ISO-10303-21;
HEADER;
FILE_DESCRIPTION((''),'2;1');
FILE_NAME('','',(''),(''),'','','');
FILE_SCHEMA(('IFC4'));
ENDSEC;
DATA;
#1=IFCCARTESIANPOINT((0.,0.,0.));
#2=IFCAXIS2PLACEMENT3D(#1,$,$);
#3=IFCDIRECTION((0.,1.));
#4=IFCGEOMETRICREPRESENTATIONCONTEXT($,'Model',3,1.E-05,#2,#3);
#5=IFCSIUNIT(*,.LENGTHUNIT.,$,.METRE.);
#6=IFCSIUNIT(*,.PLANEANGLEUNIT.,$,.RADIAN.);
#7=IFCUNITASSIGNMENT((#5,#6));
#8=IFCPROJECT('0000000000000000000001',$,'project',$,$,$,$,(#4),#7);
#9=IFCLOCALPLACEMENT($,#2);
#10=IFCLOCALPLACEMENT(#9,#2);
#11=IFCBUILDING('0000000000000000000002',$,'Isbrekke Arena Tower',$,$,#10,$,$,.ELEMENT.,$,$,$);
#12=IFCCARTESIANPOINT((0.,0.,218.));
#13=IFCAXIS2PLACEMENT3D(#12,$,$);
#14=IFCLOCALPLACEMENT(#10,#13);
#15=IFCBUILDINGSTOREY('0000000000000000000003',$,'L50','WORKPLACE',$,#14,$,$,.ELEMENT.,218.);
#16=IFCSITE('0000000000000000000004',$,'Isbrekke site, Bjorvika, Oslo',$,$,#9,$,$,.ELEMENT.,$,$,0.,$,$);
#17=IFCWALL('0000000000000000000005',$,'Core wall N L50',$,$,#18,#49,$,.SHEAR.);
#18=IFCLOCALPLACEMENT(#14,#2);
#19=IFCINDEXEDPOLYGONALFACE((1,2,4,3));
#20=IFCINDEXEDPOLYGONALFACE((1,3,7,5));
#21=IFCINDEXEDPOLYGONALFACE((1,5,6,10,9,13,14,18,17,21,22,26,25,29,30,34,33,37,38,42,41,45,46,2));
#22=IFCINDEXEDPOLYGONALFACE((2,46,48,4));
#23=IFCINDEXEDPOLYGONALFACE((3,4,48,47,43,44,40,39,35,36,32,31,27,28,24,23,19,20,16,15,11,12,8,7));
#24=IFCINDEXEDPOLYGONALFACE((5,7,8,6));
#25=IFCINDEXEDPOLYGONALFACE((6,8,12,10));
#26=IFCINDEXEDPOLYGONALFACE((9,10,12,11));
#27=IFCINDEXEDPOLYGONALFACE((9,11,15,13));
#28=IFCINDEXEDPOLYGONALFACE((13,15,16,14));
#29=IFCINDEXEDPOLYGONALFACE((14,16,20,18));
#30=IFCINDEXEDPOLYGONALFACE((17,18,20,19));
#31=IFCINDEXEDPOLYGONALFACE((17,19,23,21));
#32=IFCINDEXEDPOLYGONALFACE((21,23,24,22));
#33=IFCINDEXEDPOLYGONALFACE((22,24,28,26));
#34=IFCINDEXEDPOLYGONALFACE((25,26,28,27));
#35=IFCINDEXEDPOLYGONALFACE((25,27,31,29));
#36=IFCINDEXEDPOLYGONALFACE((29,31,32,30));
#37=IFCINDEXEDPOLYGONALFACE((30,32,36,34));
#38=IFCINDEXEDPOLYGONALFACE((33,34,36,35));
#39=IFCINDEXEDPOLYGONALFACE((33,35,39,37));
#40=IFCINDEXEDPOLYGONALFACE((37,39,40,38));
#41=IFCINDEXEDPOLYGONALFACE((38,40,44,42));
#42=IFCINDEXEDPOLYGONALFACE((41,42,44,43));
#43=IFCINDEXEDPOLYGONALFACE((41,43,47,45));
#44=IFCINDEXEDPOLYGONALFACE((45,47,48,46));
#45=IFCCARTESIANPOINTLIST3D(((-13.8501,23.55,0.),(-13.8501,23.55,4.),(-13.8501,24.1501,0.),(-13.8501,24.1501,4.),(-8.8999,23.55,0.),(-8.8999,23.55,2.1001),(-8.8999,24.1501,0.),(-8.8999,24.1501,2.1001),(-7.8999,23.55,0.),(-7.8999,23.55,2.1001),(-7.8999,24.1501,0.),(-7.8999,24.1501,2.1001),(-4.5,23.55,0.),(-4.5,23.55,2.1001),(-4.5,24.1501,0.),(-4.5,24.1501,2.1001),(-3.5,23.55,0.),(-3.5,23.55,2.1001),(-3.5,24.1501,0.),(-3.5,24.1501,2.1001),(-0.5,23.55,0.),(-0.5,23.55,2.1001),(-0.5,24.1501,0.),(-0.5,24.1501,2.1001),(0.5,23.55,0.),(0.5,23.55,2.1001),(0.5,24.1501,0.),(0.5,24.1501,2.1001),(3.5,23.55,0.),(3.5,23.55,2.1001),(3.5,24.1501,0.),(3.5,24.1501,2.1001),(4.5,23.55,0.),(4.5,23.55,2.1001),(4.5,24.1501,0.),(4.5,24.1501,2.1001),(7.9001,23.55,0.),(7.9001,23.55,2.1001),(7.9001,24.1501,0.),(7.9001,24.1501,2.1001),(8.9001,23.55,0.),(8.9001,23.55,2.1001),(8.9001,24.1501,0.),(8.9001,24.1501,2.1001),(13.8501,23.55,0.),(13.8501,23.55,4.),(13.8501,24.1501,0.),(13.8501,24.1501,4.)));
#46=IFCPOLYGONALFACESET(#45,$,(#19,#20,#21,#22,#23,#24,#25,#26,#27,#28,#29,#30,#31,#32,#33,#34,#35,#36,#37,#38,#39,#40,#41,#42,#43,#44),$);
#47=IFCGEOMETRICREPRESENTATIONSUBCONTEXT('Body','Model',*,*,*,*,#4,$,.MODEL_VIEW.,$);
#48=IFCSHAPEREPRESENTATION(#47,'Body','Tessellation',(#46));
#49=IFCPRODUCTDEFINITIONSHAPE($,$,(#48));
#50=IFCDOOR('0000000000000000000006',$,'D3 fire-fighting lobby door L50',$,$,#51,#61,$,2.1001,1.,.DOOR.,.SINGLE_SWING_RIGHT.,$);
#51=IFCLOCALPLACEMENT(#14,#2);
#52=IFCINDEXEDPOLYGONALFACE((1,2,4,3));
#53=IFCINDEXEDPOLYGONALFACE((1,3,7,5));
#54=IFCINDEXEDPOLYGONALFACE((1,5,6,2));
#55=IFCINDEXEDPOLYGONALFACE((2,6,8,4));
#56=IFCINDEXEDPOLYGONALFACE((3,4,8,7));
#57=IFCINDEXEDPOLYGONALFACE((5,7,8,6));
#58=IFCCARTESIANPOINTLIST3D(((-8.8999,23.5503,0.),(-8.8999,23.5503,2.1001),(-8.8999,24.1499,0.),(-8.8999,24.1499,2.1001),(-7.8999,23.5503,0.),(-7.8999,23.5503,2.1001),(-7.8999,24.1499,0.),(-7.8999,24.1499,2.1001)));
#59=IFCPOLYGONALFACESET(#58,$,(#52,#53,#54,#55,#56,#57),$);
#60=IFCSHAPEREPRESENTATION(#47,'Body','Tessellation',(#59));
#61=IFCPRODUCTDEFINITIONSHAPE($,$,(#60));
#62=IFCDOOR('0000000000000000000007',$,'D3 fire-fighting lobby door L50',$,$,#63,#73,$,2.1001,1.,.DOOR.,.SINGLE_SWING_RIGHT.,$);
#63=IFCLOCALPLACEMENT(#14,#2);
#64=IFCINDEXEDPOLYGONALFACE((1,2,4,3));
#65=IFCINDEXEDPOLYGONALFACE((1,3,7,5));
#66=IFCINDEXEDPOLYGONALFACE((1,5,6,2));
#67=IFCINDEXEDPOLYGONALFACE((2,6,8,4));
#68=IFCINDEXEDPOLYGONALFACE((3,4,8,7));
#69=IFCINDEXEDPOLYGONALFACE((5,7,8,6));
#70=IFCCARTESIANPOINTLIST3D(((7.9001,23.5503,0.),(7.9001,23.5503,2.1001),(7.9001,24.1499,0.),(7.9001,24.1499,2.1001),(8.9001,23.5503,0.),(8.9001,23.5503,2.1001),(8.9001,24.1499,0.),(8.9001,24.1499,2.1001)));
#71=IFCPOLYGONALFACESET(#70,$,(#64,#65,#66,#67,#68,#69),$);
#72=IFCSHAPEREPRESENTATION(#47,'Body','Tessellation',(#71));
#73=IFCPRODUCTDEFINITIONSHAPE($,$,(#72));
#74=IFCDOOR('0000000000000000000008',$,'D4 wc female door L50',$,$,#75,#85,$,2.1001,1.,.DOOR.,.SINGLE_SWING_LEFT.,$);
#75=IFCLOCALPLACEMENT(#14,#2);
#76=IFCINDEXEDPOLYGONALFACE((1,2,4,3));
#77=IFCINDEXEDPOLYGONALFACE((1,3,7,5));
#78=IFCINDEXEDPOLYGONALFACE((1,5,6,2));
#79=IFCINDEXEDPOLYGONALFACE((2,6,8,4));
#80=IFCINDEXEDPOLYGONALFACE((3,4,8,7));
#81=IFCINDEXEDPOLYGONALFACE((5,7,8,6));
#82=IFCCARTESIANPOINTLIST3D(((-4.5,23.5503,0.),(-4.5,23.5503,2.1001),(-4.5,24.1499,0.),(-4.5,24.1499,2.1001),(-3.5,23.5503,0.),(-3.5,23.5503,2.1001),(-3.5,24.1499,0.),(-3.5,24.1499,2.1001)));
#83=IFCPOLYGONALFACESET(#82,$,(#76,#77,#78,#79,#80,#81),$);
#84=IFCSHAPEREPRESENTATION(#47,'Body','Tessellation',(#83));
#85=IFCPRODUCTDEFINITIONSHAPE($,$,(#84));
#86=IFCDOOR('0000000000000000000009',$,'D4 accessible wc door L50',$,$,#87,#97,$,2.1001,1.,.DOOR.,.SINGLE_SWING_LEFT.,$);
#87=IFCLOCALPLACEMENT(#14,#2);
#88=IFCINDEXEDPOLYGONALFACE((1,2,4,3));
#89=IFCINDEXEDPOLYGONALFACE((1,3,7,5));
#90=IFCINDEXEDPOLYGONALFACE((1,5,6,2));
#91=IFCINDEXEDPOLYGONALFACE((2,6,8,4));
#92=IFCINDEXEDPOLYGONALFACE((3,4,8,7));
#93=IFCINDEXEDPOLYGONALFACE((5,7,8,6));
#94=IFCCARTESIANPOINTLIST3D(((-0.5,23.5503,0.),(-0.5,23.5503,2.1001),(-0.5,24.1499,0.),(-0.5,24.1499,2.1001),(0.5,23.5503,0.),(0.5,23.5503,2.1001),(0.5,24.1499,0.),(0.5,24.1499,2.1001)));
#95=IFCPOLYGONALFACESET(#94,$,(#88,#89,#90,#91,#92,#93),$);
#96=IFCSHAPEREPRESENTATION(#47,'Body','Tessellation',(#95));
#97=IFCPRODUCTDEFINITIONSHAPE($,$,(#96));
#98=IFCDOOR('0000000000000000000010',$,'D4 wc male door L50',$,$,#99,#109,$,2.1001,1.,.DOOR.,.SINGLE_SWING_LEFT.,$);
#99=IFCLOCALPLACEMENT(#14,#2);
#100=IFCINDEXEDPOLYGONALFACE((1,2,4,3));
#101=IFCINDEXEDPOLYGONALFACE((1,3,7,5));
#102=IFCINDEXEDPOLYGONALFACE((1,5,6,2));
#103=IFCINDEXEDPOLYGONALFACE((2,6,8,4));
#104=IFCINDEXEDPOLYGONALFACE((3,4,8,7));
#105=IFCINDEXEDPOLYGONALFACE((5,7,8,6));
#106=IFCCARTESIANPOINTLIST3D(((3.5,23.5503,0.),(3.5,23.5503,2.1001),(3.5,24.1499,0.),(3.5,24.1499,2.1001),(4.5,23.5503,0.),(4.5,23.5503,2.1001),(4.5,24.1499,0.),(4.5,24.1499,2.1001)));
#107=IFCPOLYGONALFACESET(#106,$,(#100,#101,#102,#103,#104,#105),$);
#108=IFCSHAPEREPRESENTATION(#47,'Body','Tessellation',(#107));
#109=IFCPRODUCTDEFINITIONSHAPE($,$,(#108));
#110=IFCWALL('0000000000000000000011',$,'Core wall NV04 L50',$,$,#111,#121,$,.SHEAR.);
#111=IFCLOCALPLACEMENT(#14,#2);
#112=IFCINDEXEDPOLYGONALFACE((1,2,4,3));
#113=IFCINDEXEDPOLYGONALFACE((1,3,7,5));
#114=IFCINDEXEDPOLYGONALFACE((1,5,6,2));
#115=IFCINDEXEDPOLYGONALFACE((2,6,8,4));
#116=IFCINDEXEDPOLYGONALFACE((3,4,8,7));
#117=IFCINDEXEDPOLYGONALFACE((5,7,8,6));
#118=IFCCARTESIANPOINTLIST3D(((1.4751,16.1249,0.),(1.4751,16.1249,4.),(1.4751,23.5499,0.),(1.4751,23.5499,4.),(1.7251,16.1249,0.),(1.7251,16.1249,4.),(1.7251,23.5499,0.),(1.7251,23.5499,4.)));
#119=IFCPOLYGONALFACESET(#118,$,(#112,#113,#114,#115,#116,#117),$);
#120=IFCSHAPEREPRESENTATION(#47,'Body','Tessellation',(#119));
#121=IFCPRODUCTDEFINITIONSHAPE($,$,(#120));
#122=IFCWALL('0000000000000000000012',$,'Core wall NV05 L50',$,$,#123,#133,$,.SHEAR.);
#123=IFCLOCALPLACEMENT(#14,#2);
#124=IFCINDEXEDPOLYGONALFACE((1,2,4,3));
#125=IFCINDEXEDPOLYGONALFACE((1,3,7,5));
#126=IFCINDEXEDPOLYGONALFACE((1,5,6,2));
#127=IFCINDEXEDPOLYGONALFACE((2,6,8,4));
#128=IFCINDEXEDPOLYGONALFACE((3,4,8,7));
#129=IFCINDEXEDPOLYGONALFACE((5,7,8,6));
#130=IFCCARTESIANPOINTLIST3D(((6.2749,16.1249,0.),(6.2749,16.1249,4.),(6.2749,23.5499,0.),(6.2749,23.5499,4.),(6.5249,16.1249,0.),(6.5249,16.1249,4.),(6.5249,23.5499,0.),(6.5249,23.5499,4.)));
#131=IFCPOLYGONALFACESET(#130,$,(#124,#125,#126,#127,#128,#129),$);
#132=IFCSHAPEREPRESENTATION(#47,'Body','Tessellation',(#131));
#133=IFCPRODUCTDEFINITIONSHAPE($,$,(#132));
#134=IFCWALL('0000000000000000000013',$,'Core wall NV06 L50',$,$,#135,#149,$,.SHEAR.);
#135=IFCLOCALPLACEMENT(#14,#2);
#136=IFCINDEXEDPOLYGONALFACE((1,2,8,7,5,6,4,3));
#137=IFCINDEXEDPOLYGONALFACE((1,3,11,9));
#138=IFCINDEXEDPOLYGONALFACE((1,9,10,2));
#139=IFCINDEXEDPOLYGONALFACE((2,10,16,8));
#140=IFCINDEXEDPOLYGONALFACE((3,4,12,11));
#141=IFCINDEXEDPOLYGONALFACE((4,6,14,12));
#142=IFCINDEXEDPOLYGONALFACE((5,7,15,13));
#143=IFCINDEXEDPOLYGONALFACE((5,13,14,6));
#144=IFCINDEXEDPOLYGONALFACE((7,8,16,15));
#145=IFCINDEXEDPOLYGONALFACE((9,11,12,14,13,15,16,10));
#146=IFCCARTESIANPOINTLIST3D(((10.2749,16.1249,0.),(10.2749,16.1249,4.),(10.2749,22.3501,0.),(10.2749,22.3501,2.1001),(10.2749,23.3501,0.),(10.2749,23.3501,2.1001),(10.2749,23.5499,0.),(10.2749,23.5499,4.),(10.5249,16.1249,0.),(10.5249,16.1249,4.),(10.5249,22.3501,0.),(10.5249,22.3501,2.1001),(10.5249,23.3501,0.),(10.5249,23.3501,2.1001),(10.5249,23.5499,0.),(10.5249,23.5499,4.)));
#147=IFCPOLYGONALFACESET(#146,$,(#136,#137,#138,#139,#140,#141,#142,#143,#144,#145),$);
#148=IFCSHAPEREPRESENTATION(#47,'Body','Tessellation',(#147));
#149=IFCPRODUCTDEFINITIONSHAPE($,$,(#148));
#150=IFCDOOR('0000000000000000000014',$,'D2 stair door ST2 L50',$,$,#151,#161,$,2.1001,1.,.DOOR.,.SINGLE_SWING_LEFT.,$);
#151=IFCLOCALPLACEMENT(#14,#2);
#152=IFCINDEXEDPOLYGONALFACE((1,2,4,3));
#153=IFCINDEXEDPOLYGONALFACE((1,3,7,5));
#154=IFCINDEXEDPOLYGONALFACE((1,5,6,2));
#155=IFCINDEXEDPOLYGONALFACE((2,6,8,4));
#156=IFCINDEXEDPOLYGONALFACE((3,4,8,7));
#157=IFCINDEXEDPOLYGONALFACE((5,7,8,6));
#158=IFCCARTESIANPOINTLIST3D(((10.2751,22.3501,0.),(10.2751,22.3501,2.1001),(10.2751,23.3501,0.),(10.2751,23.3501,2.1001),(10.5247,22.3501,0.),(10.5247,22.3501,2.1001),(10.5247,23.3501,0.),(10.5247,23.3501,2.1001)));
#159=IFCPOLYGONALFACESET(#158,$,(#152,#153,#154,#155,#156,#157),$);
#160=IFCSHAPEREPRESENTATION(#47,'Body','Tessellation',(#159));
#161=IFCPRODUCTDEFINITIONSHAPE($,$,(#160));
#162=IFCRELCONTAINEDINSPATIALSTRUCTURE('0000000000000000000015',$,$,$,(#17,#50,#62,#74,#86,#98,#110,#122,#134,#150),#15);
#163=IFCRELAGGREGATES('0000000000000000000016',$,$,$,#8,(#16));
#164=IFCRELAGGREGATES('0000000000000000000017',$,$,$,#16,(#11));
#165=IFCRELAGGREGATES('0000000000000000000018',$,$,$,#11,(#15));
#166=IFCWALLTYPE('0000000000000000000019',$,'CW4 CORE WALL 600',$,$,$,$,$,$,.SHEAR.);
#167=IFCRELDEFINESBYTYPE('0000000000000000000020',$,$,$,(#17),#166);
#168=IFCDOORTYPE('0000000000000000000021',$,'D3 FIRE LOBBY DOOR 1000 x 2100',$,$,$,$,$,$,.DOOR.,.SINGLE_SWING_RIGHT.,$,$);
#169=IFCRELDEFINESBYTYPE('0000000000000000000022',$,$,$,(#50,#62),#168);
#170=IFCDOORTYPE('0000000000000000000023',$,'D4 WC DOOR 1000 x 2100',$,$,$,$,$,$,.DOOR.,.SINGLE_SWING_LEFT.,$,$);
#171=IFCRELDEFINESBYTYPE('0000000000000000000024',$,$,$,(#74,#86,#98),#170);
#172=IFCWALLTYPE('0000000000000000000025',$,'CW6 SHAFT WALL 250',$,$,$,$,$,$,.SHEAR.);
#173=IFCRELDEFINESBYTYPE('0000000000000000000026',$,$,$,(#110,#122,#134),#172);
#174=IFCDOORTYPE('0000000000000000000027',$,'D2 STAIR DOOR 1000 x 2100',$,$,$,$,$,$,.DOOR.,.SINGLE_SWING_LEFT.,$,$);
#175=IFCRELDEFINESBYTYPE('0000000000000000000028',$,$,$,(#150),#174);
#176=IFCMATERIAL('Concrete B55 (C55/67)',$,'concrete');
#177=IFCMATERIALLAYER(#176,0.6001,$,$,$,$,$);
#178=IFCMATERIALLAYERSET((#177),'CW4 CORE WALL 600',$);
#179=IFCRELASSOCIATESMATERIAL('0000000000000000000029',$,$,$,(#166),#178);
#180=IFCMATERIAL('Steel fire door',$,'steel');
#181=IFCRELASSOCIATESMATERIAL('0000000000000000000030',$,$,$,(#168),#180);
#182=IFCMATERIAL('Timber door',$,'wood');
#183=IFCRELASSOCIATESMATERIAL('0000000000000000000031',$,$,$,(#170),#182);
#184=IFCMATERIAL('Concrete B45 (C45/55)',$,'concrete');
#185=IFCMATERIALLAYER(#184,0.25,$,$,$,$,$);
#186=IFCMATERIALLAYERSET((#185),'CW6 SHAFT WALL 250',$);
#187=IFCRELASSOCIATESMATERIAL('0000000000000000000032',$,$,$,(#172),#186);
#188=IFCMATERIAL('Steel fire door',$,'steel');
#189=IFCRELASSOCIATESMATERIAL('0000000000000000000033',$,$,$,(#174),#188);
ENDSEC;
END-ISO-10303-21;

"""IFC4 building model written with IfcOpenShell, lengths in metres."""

from ifc_helpers import new_model, si_unit, direction, frame, frame_2d, origin, place, context, subcontext, project, spatial, rectangle, extrude, material, layer, layer_set, type_object, element, fill, save


model = new_model("IFC4")

# Units and contexts
model_context = context("Model", 3, precision=1e-05, world=origin(), true_north=direction((0.0, 1.0)))
body_context = subcontext(model_context, "Body", "Model", "MODEL_VIEW")
ifc_project = project(units=[si_unit("LENGTHUNIT", "METRE"), si_unit("PLANEANGLEUNIT", "RADIAN")], contexts=[model_context])

# Site, building, storey
site_placement = place(None, origin())
site = spatial("IfcSite", under=ifc_project, at=site_placement, Name="Isbrekke site, Bjorvika, Oslo", CompositionType="ELEMENT", RefElevation=0.0)
building_placement = place(site_placement, origin())
building = spatial("IfcBuilding", under=site, at=building_placement, Name="Isbrekke Arena Tower", CompositionType="ELEMENT")
storey_placement = place(building_placement, frame((0.0, 0.0, 218.0)))
storey = spatial("IfcBuildingStorey", under=building, at=storey_placement, Name="L50", Description="WORKPLACE", CompositionType="ELEMENT", Elevation=218.0)

# Wall, openings, doors
ifc_material_1 = material(Name="Concrete B55 (C55/67)", Category="concrete")
ifc_layer_1 = layer(ifc_material_1, 0.6001)
ifc_layer_set_1 = layer_set([ifc_layer_1], Name="CW4 CORE WALL 600")
wall_type_1 = type_object("IfcWallType", Name="CW4 CORE WALL 600", PredefinedType="SHEAR", material=ifc_layer_set_1)
wall_1_placement = place(storey_placement, frame((13.8501, 23.8501, 0.0), z_axis=(0.0, 0.0, 1.0), x_axis=(-1.0, 0.0, 0.0)))
wall_1 = element("IfcWall", 1, at=wall_1_placement, inside=storey, type_object=wall_type_1, Name="Core wall N L50", PredefinedType="SHEAR", context=body_context, shape_type="SweptSolid", body=[
    extrude(rectangle(XDim=27.7002, YDim=0.6001, at=frame_2d((13.8501, 0.0))), origin(), (0.0, 0.0, 1.0), 4.0),
])
opening_1_placement = place(wall_1_placement, frame((21.75, 0.0, 0.0)))
opening_1 = element("IfcOpeningElement", 2, at=opening_1_placement, cuts=wall_1, PredefinedType="OPENING", context=body_context, shape_type="SweptSolid", body=[
    extrude(rectangle(XDim=1.0, YDim=2.1001, at=frame_2d((0.5, 1.05))), frame((0.0, 0.3149, 0.0), z_axis=(0.0, -1.0, 0.0), x_axis=(1.0, 0.0, 0.0)), (0.0, 0.0, 1.0), 0.6299),
])
opening_2_placement = place(wall_1_placement, frame((4.95, 0.0, 0.0)))
opening_2 = element("IfcOpeningElement", 3, at=opening_2_placement, cuts=wall_1, PredefinedType="OPENING", context=body_context, shape_type="SweptSolid", body=[
    extrude(rectangle(XDim=1.0, YDim=2.1001, at=frame_2d((0.5, 1.05))), frame((0.0, 0.3149, 0.0), z_axis=(0.0, -1.0, 0.0), x_axis=(1.0, 0.0, 0.0)), (0.0, 0.0, 1.0), 0.6299),
])
opening_3_placement = place(wall_1_placement, frame((17.3501, 0.0, 0.0)))
opening_3 = element("IfcOpeningElement", 4, at=opening_3_placement, cuts=wall_1, PredefinedType="OPENING", context=body_context, shape_type="SweptSolid", body=[
    extrude(rectangle(XDim=1.0, YDim=2.1001, at=frame_2d((0.5, 1.05))), frame((0.0, 0.3149, 0.0), z_axis=(0.0, -1.0, 0.0), x_axis=(1.0, 0.0, 0.0)), (0.0, 0.0, 1.0), 0.6299),
])
opening_4_placement = place(wall_1_placement, frame((13.3501, 0.0, 0.0)))
opening_4 = element("IfcOpeningElement", 5, at=opening_4_placement, cuts=wall_1, PredefinedType="OPENING", context=body_context, shape_type="SweptSolid", body=[
    extrude(rectangle(XDim=1.0, YDim=2.1001, at=frame_2d((0.5, 1.05))), frame((0.0, 0.3149, 0.0), z_axis=(0.0, -1.0, 0.0), x_axis=(1.0, 0.0, 0.0)), (0.0, 0.0, 1.0), 0.6299),
])
opening_5_placement = place(wall_1_placement, frame((9.3501, 0.0, 0.0)))
opening_5 = element("IfcOpeningElement", 6, at=opening_5_placement, cuts=wall_1, PredefinedType="OPENING", context=body_context, shape_type="SweptSolid", body=[
    extrude(rectangle(XDim=1.0, YDim=2.1001, at=frame_2d((0.5, 1.05))), frame((0.0, 0.3149, 0.0), z_axis=(0.0, -1.0, 0.0), x_axis=(1.0, 0.0, 0.0)), (0.0, 0.0, 1.0), 0.6299),
])
ifc_material_2 = material(Name="Steel fire door", Category="steel")
door_type_1 = type_object("IfcDoorType", Name="D3 FIRE LOBBY DOOR 1000 x 2100", OperationType="SINGLE_SWING_RIGHT", PredefinedType="DOOR", material=ifc_material_2)
door_1_placement = place(opening_1_placement, origin())
door_1 = element("IfcDoor", 7, at=door_1_placement, inside=storey, type_object=door_type_1, Name="D3 fire-fighting lobby door L50", OperationType="SINGLE_SWING_RIGHT", OverallHeight=2.1001, OverallWidth=1.0, PredefinedType="DOOR", context=body_context, shape_type="SweptSolid", body=[
    extrude(rectangle(XDim=1.0, YDim=2.1001, at=frame_2d((0.5, 1.05))), frame((0.0, 0.2998, 0.0), z_axis=(0.0, -1.0, 0.0), x_axis=(1.0, 0.0, 0.0)), (0.0, 0.0, 1.0), 0.5996),
])
fill(opening_1, door_1)
door_2_placement = place(opening_2_placement, origin())
door_2 = element("IfcDoor", 8, at=door_2_placement, inside=storey, type_object=door_type_1, Name="D3 fire-fighting lobby door L50", OperationType="SINGLE_SWING_RIGHT", OverallHeight=2.1001, OverallWidth=1.0, PredefinedType="DOOR", context=body_context, shape_type="SweptSolid", body=[
    extrude(rectangle(XDim=1.0, YDim=2.1001, at=frame_2d((0.5, 1.05))), frame((0.0, 0.2998, 0.0), z_axis=(0.0, -1.0, 0.0), x_axis=(1.0, 0.0, 0.0)), (0.0, 0.0, 1.0), 0.5996),
])
fill(opening_2, door_2)
ifc_material_3 = material(Name="Timber door", Category="wood")
door_type_2 = type_object("IfcDoorType", Name="D4 WC DOOR 1000 x 2100", OperationType="SINGLE_SWING_LEFT", PredefinedType="DOOR", material=ifc_material_3)
door_3_placement = place(opening_3_placement, origin())
door_3 = element("IfcDoor", 9, at=door_3_placement, inside=storey, type_object=door_type_2, Name="D4 wc female door L50", OperationType="SINGLE_SWING_LEFT", OverallHeight=2.1001, OverallWidth=1.0, PredefinedType="DOOR", context=body_context, shape_type="SweptSolid", body=[
    extrude(rectangle(XDim=1.0, YDim=2.1001, at=frame_2d((0.5, 1.05))), frame((0.0, 0.2998, 0.0), z_axis=(0.0, -1.0, 0.0), x_axis=(1.0, 0.0, 0.0)), (0.0, 0.0, 1.0), 0.5996),
])
fill(opening_3, door_3)
door_4_placement = place(opening_4_placement, origin())
door_4 = element("IfcDoor", 10, at=door_4_placement, inside=storey, type_object=door_type_2, Name="D4 accessible wc door L50", OperationType="SINGLE_SWING_LEFT", OverallHeight=2.1001, OverallWidth=1.0, PredefinedType="DOOR", context=body_context, shape_type="SweptSolid", body=[
    extrude(rectangle(XDim=1.0, YDim=2.1001, at=frame_2d((0.5, 1.05))), frame((0.0, 0.2998, 0.0), z_axis=(0.0, -1.0, 0.0), x_axis=(1.0, 0.0, 0.0)), (0.0, 0.0, 1.0), 0.5996),
])
fill(opening_4, door_4)
door_5_placement = place(opening_5_placement, origin())
door_5 = element("IfcDoor", 11, at=door_5_placement, inside=storey, type_object=door_type_2, Name="D4 wc male door L50", OperationType="SINGLE_SWING_LEFT", OverallHeight=2.1001, OverallWidth=1.0, PredefinedType="DOOR", context=body_context, shape_type="SweptSolid", body=[
    extrude(rectangle(XDim=1.0, YDim=2.1001, at=frame_2d((0.5, 1.05))), frame((0.0, 0.2998, 0.0), z_axis=(0.0, -1.0, 0.0), x_axis=(1.0, 0.0, 0.0)), (0.0, 0.0, 1.0), 0.5996),
])
fill(opening_5, door_5)

# Walls
ifc_material_4 = material(Name="Concrete B45 (C45/55)", Category="concrete")
ifc_layer_2 = layer(ifc_material_4, 0.25)
ifc_layer_set_2 = layer_set([ifc_layer_2], Name="CW6 SHAFT WALL 250")
wall_type_2 = type_object("IfcWallType", Name="CW6 SHAFT WALL 250", PredefinedType="SHEAR", material=ifc_layer_set_2)
for number, where, z_axis, x_axis, name in (
    (12, (1.6001, 16.125, 0.0), (0.0, 0.0, 1.0), (0.0, 1.0, 0.0), "Core wall NV04 L50"),
    (13, (6.3999, 16.125, 0.0), (0.0, 0.0, 1.0), (0.0, 1.0, 0.0), "Core wall NV05 L50"),
):
    element("IfcWall", number, at=place(storey_placement, frame(where, z_axis=z_axis, x_axis=x_axis)), inside=storey, type_object=wall_type_2, Name=name, PredefinedType="SHEAR", context=body_context, shape_type="SweptSolid", body=[
        extrude(rectangle(XDim=7.425, YDim=0.25, at=frame_2d((3.7124, 0.0))), origin(), (0.0, 0.0, 1.0), 4.0),
    ])

# Wall, opening, door
wall_2_placement = place(storey_placement, frame((10.3999, 16.125, 0.0), z_axis=(0.0, 0.0, 1.0), x_axis=(0.0, 1.0, 0.0)))
wall_2 = element("IfcWall", 14, at=wall_2_placement, inside=storey, type_object=wall_type_2, Name="Core wall NV06 L50", PredefinedType="SHEAR", context=body_context, shape_type="SweptSolid", body=[
    extrude(rectangle(XDim=7.425, YDim=0.25, at=frame_2d((3.7124, 0.0))), origin(), (0.0, 0.0, 1.0), 4.0),
])
opening_6_placement = place(wall_2_placement, frame((6.2251, 0.0, 0.0)))
opening_6 = element("IfcOpeningElement", 15, at=opening_6_placement, cuts=wall_2, PredefinedType="OPENING", context=body_context, shape_type="SweptSolid", body=[
    extrude(rectangle(XDim=1.0, YDim=2.1001, at=frame_2d((0.5, 1.05))), frame((0.0, 0.1399, 0.0), z_axis=(0.0, -1.0, 0.0), x_axis=(1.0, 0.0, 0.0)), (0.0, 0.0, 1.0), 0.2798),
])
ifc_material_5 = material(Name="Steel fire door", Category="steel")
door_type_3 = type_object("IfcDoorType", Name="D2 STAIR DOOR 1000 x 2100", OperationType="SINGLE_SWING_LEFT", PredefinedType="DOOR", material=ifc_material_5)
door_6_placement = place(opening_6_placement, origin())
door_6 = element("IfcDoor", 16, at=door_6_placement, inside=storey, type_object=door_type_3, Name="D2 stair door ST2 L50", OperationType="SINGLE_SWING_LEFT", OverallHeight=2.1001, OverallWidth=1.0, PredefinedType="DOOR", context=body_context, shape_type="SweptSolid", body=[
    extrude(rectangle(XDim=1.0, YDim=2.1001, at=frame_2d((0.5, 1.05))), frame((0.0, 0.1248, 0.0), z_axis=(0.0, -1.0, 0.0), x_axis=(1.0, 0.0, 0.0)), (0.0, 0.0, 1.0), 0.2495),
])
fill(opening_6, door_6)

save(model, "model.ifc")
